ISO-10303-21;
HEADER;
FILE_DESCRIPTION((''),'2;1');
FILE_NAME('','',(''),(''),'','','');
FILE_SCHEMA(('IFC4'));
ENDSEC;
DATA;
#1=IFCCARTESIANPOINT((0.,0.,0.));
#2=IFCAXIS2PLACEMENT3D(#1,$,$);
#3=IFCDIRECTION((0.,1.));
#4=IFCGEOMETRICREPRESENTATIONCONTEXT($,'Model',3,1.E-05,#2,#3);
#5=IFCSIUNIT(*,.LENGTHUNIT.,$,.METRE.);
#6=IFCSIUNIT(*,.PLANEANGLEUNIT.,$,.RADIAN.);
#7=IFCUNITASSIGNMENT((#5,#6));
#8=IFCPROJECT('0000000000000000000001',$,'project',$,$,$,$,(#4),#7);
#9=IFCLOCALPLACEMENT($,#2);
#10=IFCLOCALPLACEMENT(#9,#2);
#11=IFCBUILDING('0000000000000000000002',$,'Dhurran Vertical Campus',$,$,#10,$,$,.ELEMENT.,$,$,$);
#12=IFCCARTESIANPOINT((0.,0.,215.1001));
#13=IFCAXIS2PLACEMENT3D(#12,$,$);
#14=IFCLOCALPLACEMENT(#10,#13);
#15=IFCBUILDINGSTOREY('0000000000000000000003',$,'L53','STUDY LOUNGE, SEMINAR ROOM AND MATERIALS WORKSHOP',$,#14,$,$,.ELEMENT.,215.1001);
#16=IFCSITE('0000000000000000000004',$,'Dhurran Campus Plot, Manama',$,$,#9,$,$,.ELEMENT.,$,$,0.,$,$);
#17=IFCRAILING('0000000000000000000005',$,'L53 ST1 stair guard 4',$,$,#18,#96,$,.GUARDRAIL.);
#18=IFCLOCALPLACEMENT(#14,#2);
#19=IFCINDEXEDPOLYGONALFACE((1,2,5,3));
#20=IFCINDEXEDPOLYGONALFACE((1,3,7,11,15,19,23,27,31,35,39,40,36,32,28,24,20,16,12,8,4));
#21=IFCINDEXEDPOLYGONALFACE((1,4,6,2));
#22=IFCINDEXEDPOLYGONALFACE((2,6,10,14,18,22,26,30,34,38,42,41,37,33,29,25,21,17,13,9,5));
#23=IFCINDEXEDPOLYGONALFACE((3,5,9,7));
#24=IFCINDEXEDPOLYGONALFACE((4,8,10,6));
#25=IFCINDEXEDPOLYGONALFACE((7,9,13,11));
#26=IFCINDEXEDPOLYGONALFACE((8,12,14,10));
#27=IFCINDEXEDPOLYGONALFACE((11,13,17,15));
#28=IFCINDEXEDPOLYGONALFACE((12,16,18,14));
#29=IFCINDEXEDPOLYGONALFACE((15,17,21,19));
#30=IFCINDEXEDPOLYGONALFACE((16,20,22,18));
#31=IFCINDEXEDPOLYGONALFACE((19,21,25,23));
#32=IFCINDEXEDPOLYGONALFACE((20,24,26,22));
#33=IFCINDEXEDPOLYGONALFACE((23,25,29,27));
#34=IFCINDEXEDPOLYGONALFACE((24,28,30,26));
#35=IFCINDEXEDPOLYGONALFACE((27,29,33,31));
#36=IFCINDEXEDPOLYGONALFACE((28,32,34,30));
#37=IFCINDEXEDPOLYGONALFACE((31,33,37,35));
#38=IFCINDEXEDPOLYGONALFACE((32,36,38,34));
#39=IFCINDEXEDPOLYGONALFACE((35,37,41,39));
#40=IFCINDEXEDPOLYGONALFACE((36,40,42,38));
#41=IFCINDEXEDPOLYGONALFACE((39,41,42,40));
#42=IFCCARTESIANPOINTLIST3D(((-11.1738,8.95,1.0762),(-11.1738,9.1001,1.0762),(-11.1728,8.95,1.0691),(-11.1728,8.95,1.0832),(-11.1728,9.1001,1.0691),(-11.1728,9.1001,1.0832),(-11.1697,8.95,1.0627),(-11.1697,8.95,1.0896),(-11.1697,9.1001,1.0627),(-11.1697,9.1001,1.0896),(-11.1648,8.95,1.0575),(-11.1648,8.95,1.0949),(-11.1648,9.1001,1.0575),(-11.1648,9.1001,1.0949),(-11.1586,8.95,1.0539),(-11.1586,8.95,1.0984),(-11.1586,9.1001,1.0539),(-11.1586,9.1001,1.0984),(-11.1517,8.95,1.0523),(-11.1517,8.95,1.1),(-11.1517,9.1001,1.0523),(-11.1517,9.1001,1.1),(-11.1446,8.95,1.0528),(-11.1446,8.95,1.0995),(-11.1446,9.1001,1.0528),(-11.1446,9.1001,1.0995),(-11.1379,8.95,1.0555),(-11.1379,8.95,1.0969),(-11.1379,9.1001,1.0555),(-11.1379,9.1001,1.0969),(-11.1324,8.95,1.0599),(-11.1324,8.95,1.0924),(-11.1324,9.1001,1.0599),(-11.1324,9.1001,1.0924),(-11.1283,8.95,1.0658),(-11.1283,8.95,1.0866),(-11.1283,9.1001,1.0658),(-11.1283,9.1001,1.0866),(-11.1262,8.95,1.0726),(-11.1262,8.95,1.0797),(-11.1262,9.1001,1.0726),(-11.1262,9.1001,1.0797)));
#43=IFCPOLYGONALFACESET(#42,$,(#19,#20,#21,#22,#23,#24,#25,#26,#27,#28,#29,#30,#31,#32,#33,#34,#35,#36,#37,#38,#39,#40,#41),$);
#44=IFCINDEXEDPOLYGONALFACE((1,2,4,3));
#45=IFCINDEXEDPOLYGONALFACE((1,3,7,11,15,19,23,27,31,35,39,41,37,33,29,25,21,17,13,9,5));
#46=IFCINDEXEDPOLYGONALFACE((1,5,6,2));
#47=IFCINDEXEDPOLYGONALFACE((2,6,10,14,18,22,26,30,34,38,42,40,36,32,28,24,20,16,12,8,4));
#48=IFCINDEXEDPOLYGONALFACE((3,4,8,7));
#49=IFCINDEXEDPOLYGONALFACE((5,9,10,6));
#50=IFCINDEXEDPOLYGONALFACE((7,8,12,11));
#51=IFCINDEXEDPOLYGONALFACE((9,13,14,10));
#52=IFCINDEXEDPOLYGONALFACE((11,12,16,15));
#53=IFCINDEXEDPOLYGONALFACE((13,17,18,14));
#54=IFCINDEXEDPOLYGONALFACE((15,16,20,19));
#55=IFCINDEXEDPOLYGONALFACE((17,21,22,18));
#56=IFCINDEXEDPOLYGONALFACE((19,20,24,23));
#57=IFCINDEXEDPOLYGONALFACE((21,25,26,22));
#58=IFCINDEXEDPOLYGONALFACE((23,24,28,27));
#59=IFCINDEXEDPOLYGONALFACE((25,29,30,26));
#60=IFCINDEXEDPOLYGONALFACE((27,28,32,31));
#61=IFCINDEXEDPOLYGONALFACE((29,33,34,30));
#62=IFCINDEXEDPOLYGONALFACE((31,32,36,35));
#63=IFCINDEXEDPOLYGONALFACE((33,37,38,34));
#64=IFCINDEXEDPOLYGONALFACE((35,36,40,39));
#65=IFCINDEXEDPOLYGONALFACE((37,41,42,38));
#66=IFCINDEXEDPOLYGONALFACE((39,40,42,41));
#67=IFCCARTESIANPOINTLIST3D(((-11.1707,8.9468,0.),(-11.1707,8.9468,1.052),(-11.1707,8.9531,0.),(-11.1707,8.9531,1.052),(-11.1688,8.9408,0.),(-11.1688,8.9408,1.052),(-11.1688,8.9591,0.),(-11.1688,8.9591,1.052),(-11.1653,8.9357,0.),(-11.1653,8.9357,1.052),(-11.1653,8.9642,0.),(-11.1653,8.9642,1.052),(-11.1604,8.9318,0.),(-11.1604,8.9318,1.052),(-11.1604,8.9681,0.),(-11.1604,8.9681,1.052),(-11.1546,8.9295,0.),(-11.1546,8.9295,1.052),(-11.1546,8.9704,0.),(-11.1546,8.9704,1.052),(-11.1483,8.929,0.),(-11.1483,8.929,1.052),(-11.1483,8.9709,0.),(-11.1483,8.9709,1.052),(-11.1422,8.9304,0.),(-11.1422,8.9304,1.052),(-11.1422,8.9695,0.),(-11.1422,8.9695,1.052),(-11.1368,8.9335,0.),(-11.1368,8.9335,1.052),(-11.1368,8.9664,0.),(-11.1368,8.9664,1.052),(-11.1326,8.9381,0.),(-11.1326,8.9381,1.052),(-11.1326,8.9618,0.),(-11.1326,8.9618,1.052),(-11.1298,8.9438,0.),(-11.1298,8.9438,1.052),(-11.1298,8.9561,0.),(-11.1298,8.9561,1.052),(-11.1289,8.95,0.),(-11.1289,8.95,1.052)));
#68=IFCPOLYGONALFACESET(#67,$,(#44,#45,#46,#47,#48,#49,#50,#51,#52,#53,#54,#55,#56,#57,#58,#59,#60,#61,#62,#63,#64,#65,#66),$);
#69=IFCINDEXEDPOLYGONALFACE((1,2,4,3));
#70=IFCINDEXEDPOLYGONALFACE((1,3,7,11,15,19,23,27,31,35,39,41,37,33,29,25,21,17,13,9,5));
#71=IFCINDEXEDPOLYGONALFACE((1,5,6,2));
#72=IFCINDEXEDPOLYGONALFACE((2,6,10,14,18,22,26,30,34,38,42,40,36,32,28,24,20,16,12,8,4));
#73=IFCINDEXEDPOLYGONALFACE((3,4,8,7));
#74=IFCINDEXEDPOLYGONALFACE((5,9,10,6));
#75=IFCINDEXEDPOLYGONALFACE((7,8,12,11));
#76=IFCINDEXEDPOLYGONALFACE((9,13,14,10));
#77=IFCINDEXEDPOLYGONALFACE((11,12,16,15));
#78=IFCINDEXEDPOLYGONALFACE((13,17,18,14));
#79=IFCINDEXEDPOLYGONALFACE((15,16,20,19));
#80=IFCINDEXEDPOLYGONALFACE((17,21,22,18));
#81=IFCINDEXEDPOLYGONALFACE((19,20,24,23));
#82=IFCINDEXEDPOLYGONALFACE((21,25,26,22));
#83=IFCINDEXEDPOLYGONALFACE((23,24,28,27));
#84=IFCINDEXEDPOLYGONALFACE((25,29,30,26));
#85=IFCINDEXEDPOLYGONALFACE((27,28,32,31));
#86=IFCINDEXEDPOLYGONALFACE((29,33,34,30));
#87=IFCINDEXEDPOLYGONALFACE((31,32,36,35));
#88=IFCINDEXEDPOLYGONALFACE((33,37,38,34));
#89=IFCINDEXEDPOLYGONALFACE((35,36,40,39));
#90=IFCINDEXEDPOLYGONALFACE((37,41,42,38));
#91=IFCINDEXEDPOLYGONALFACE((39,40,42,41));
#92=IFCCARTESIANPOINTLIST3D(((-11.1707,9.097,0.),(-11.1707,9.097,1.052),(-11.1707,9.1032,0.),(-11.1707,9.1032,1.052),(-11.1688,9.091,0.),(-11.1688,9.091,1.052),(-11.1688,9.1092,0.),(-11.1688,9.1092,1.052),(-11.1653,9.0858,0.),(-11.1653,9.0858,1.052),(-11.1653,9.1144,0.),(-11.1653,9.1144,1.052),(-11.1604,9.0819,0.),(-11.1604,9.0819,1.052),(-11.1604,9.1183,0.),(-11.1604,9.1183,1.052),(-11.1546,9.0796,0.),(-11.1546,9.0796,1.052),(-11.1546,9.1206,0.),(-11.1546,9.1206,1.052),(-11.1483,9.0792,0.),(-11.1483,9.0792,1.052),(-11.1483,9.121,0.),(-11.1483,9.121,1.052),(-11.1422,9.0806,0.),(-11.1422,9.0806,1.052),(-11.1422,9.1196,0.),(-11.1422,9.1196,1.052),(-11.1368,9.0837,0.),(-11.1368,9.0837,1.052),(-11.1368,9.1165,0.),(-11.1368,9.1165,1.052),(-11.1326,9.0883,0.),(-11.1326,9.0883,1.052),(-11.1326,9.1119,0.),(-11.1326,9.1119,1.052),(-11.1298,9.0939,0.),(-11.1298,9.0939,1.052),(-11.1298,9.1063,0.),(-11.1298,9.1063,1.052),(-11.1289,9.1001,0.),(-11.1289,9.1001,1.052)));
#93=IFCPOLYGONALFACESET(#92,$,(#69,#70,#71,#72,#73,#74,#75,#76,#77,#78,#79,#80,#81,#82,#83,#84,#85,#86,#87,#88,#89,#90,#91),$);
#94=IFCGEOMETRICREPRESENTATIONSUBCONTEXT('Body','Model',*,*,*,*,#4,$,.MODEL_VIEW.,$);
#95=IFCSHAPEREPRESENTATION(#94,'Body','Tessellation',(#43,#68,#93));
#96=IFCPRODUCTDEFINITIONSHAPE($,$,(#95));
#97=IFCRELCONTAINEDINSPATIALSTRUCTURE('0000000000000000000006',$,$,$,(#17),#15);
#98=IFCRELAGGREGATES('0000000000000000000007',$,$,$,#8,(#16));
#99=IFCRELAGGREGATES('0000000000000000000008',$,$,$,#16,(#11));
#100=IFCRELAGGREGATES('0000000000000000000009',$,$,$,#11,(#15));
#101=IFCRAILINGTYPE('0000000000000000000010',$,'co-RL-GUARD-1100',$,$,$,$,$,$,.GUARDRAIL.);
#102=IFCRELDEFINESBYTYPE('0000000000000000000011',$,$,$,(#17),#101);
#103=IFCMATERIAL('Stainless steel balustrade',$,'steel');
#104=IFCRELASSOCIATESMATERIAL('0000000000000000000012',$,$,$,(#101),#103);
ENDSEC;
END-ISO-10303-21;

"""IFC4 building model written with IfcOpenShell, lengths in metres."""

from ifc_helpers import new_model, si_unit, direction, frame, origin, origin_2d, place, context, subcontext, project, spatial, circle, extrude, material, type_object, element, save


model = new_model("IFC4")

# Units and contexts
model_context = context("Model", 3, precision=1e-05, world=origin(), true_north=direction((0.0, 1.0)))
body_context = subcontext(model_context, "Body", "Model", "MODEL_VIEW")
ifc_project = project(units=[si_unit("LENGTHUNIT", "METRE"), si_unit("PLANEANGLEUNIT", "RADIAN")], contexts=[model_context])

# Site, building, storey
site_placement = place(None, origin())
site = spatial("IfcSite", under=ifc_project, at=site_placement, Name="Dhurran Campus Plot, Manama", CompositionType="ELEMENT", RefElevation=0.0)
building_placement = place(site_placement, origin())
building = spatial("IfcBuilding", under=site, at=building_placement, Name="Dhurran Vertical Campus", CompositionType="ELEMENT")
storey_placement = place(building_placement, frame((0.0, 0.0, 215.1001)))
storey = spatial("IfcBuildingStorey", under=building, at=storey_placement, Name="L53", Description="STUDY LOUNGE, SEMINAR ROOM AND MATERIALS WORKSHOP", CompositionType="ELEMENT", Elevation=215.1001)

# Railing
ifc_material_1 = material(Name="Stainless steel balustrade", Category="steel")
railing_type_1 = type_object("IfcRailingType", Name="co-RL-GUARD-1100", PredefinedType="GUARDRAIL", material=ifc_material_1)
railing_1_placement = place(storey_placement, frame((-11.1499, 8.95, 0.0)))
element("IfcRailing", 1, at=railing_1_placement, inside=storey, type_object=railing_type_1, Name="L53 ST1 stair guard 4", PredefinedType="GUARDRAIL", context=body_context, shape_type="SweptSolid", body=[
    extrude(circle(Radius=0.0239, at=origin_2d()), frame((0.0, 0.0, 1.0762), z_axis=(0.0, 1.0, 0.0), x_axis=(-1.0, 0.0, 0.0)), (0.0, 0.0, 1.0), 0.1501),
    extrude(circle(Radius=0.021, at=origin_2d()), origin(), (0.0, 0.0, 1.0), 1.052),
    extrude(circle(Radius=0.021, at=origin_2d()), frame((0.0, 0.1501, 0.0)), (0.0, 0.0, 1.0), 1.052),
])

save(model, "model.ifc")
